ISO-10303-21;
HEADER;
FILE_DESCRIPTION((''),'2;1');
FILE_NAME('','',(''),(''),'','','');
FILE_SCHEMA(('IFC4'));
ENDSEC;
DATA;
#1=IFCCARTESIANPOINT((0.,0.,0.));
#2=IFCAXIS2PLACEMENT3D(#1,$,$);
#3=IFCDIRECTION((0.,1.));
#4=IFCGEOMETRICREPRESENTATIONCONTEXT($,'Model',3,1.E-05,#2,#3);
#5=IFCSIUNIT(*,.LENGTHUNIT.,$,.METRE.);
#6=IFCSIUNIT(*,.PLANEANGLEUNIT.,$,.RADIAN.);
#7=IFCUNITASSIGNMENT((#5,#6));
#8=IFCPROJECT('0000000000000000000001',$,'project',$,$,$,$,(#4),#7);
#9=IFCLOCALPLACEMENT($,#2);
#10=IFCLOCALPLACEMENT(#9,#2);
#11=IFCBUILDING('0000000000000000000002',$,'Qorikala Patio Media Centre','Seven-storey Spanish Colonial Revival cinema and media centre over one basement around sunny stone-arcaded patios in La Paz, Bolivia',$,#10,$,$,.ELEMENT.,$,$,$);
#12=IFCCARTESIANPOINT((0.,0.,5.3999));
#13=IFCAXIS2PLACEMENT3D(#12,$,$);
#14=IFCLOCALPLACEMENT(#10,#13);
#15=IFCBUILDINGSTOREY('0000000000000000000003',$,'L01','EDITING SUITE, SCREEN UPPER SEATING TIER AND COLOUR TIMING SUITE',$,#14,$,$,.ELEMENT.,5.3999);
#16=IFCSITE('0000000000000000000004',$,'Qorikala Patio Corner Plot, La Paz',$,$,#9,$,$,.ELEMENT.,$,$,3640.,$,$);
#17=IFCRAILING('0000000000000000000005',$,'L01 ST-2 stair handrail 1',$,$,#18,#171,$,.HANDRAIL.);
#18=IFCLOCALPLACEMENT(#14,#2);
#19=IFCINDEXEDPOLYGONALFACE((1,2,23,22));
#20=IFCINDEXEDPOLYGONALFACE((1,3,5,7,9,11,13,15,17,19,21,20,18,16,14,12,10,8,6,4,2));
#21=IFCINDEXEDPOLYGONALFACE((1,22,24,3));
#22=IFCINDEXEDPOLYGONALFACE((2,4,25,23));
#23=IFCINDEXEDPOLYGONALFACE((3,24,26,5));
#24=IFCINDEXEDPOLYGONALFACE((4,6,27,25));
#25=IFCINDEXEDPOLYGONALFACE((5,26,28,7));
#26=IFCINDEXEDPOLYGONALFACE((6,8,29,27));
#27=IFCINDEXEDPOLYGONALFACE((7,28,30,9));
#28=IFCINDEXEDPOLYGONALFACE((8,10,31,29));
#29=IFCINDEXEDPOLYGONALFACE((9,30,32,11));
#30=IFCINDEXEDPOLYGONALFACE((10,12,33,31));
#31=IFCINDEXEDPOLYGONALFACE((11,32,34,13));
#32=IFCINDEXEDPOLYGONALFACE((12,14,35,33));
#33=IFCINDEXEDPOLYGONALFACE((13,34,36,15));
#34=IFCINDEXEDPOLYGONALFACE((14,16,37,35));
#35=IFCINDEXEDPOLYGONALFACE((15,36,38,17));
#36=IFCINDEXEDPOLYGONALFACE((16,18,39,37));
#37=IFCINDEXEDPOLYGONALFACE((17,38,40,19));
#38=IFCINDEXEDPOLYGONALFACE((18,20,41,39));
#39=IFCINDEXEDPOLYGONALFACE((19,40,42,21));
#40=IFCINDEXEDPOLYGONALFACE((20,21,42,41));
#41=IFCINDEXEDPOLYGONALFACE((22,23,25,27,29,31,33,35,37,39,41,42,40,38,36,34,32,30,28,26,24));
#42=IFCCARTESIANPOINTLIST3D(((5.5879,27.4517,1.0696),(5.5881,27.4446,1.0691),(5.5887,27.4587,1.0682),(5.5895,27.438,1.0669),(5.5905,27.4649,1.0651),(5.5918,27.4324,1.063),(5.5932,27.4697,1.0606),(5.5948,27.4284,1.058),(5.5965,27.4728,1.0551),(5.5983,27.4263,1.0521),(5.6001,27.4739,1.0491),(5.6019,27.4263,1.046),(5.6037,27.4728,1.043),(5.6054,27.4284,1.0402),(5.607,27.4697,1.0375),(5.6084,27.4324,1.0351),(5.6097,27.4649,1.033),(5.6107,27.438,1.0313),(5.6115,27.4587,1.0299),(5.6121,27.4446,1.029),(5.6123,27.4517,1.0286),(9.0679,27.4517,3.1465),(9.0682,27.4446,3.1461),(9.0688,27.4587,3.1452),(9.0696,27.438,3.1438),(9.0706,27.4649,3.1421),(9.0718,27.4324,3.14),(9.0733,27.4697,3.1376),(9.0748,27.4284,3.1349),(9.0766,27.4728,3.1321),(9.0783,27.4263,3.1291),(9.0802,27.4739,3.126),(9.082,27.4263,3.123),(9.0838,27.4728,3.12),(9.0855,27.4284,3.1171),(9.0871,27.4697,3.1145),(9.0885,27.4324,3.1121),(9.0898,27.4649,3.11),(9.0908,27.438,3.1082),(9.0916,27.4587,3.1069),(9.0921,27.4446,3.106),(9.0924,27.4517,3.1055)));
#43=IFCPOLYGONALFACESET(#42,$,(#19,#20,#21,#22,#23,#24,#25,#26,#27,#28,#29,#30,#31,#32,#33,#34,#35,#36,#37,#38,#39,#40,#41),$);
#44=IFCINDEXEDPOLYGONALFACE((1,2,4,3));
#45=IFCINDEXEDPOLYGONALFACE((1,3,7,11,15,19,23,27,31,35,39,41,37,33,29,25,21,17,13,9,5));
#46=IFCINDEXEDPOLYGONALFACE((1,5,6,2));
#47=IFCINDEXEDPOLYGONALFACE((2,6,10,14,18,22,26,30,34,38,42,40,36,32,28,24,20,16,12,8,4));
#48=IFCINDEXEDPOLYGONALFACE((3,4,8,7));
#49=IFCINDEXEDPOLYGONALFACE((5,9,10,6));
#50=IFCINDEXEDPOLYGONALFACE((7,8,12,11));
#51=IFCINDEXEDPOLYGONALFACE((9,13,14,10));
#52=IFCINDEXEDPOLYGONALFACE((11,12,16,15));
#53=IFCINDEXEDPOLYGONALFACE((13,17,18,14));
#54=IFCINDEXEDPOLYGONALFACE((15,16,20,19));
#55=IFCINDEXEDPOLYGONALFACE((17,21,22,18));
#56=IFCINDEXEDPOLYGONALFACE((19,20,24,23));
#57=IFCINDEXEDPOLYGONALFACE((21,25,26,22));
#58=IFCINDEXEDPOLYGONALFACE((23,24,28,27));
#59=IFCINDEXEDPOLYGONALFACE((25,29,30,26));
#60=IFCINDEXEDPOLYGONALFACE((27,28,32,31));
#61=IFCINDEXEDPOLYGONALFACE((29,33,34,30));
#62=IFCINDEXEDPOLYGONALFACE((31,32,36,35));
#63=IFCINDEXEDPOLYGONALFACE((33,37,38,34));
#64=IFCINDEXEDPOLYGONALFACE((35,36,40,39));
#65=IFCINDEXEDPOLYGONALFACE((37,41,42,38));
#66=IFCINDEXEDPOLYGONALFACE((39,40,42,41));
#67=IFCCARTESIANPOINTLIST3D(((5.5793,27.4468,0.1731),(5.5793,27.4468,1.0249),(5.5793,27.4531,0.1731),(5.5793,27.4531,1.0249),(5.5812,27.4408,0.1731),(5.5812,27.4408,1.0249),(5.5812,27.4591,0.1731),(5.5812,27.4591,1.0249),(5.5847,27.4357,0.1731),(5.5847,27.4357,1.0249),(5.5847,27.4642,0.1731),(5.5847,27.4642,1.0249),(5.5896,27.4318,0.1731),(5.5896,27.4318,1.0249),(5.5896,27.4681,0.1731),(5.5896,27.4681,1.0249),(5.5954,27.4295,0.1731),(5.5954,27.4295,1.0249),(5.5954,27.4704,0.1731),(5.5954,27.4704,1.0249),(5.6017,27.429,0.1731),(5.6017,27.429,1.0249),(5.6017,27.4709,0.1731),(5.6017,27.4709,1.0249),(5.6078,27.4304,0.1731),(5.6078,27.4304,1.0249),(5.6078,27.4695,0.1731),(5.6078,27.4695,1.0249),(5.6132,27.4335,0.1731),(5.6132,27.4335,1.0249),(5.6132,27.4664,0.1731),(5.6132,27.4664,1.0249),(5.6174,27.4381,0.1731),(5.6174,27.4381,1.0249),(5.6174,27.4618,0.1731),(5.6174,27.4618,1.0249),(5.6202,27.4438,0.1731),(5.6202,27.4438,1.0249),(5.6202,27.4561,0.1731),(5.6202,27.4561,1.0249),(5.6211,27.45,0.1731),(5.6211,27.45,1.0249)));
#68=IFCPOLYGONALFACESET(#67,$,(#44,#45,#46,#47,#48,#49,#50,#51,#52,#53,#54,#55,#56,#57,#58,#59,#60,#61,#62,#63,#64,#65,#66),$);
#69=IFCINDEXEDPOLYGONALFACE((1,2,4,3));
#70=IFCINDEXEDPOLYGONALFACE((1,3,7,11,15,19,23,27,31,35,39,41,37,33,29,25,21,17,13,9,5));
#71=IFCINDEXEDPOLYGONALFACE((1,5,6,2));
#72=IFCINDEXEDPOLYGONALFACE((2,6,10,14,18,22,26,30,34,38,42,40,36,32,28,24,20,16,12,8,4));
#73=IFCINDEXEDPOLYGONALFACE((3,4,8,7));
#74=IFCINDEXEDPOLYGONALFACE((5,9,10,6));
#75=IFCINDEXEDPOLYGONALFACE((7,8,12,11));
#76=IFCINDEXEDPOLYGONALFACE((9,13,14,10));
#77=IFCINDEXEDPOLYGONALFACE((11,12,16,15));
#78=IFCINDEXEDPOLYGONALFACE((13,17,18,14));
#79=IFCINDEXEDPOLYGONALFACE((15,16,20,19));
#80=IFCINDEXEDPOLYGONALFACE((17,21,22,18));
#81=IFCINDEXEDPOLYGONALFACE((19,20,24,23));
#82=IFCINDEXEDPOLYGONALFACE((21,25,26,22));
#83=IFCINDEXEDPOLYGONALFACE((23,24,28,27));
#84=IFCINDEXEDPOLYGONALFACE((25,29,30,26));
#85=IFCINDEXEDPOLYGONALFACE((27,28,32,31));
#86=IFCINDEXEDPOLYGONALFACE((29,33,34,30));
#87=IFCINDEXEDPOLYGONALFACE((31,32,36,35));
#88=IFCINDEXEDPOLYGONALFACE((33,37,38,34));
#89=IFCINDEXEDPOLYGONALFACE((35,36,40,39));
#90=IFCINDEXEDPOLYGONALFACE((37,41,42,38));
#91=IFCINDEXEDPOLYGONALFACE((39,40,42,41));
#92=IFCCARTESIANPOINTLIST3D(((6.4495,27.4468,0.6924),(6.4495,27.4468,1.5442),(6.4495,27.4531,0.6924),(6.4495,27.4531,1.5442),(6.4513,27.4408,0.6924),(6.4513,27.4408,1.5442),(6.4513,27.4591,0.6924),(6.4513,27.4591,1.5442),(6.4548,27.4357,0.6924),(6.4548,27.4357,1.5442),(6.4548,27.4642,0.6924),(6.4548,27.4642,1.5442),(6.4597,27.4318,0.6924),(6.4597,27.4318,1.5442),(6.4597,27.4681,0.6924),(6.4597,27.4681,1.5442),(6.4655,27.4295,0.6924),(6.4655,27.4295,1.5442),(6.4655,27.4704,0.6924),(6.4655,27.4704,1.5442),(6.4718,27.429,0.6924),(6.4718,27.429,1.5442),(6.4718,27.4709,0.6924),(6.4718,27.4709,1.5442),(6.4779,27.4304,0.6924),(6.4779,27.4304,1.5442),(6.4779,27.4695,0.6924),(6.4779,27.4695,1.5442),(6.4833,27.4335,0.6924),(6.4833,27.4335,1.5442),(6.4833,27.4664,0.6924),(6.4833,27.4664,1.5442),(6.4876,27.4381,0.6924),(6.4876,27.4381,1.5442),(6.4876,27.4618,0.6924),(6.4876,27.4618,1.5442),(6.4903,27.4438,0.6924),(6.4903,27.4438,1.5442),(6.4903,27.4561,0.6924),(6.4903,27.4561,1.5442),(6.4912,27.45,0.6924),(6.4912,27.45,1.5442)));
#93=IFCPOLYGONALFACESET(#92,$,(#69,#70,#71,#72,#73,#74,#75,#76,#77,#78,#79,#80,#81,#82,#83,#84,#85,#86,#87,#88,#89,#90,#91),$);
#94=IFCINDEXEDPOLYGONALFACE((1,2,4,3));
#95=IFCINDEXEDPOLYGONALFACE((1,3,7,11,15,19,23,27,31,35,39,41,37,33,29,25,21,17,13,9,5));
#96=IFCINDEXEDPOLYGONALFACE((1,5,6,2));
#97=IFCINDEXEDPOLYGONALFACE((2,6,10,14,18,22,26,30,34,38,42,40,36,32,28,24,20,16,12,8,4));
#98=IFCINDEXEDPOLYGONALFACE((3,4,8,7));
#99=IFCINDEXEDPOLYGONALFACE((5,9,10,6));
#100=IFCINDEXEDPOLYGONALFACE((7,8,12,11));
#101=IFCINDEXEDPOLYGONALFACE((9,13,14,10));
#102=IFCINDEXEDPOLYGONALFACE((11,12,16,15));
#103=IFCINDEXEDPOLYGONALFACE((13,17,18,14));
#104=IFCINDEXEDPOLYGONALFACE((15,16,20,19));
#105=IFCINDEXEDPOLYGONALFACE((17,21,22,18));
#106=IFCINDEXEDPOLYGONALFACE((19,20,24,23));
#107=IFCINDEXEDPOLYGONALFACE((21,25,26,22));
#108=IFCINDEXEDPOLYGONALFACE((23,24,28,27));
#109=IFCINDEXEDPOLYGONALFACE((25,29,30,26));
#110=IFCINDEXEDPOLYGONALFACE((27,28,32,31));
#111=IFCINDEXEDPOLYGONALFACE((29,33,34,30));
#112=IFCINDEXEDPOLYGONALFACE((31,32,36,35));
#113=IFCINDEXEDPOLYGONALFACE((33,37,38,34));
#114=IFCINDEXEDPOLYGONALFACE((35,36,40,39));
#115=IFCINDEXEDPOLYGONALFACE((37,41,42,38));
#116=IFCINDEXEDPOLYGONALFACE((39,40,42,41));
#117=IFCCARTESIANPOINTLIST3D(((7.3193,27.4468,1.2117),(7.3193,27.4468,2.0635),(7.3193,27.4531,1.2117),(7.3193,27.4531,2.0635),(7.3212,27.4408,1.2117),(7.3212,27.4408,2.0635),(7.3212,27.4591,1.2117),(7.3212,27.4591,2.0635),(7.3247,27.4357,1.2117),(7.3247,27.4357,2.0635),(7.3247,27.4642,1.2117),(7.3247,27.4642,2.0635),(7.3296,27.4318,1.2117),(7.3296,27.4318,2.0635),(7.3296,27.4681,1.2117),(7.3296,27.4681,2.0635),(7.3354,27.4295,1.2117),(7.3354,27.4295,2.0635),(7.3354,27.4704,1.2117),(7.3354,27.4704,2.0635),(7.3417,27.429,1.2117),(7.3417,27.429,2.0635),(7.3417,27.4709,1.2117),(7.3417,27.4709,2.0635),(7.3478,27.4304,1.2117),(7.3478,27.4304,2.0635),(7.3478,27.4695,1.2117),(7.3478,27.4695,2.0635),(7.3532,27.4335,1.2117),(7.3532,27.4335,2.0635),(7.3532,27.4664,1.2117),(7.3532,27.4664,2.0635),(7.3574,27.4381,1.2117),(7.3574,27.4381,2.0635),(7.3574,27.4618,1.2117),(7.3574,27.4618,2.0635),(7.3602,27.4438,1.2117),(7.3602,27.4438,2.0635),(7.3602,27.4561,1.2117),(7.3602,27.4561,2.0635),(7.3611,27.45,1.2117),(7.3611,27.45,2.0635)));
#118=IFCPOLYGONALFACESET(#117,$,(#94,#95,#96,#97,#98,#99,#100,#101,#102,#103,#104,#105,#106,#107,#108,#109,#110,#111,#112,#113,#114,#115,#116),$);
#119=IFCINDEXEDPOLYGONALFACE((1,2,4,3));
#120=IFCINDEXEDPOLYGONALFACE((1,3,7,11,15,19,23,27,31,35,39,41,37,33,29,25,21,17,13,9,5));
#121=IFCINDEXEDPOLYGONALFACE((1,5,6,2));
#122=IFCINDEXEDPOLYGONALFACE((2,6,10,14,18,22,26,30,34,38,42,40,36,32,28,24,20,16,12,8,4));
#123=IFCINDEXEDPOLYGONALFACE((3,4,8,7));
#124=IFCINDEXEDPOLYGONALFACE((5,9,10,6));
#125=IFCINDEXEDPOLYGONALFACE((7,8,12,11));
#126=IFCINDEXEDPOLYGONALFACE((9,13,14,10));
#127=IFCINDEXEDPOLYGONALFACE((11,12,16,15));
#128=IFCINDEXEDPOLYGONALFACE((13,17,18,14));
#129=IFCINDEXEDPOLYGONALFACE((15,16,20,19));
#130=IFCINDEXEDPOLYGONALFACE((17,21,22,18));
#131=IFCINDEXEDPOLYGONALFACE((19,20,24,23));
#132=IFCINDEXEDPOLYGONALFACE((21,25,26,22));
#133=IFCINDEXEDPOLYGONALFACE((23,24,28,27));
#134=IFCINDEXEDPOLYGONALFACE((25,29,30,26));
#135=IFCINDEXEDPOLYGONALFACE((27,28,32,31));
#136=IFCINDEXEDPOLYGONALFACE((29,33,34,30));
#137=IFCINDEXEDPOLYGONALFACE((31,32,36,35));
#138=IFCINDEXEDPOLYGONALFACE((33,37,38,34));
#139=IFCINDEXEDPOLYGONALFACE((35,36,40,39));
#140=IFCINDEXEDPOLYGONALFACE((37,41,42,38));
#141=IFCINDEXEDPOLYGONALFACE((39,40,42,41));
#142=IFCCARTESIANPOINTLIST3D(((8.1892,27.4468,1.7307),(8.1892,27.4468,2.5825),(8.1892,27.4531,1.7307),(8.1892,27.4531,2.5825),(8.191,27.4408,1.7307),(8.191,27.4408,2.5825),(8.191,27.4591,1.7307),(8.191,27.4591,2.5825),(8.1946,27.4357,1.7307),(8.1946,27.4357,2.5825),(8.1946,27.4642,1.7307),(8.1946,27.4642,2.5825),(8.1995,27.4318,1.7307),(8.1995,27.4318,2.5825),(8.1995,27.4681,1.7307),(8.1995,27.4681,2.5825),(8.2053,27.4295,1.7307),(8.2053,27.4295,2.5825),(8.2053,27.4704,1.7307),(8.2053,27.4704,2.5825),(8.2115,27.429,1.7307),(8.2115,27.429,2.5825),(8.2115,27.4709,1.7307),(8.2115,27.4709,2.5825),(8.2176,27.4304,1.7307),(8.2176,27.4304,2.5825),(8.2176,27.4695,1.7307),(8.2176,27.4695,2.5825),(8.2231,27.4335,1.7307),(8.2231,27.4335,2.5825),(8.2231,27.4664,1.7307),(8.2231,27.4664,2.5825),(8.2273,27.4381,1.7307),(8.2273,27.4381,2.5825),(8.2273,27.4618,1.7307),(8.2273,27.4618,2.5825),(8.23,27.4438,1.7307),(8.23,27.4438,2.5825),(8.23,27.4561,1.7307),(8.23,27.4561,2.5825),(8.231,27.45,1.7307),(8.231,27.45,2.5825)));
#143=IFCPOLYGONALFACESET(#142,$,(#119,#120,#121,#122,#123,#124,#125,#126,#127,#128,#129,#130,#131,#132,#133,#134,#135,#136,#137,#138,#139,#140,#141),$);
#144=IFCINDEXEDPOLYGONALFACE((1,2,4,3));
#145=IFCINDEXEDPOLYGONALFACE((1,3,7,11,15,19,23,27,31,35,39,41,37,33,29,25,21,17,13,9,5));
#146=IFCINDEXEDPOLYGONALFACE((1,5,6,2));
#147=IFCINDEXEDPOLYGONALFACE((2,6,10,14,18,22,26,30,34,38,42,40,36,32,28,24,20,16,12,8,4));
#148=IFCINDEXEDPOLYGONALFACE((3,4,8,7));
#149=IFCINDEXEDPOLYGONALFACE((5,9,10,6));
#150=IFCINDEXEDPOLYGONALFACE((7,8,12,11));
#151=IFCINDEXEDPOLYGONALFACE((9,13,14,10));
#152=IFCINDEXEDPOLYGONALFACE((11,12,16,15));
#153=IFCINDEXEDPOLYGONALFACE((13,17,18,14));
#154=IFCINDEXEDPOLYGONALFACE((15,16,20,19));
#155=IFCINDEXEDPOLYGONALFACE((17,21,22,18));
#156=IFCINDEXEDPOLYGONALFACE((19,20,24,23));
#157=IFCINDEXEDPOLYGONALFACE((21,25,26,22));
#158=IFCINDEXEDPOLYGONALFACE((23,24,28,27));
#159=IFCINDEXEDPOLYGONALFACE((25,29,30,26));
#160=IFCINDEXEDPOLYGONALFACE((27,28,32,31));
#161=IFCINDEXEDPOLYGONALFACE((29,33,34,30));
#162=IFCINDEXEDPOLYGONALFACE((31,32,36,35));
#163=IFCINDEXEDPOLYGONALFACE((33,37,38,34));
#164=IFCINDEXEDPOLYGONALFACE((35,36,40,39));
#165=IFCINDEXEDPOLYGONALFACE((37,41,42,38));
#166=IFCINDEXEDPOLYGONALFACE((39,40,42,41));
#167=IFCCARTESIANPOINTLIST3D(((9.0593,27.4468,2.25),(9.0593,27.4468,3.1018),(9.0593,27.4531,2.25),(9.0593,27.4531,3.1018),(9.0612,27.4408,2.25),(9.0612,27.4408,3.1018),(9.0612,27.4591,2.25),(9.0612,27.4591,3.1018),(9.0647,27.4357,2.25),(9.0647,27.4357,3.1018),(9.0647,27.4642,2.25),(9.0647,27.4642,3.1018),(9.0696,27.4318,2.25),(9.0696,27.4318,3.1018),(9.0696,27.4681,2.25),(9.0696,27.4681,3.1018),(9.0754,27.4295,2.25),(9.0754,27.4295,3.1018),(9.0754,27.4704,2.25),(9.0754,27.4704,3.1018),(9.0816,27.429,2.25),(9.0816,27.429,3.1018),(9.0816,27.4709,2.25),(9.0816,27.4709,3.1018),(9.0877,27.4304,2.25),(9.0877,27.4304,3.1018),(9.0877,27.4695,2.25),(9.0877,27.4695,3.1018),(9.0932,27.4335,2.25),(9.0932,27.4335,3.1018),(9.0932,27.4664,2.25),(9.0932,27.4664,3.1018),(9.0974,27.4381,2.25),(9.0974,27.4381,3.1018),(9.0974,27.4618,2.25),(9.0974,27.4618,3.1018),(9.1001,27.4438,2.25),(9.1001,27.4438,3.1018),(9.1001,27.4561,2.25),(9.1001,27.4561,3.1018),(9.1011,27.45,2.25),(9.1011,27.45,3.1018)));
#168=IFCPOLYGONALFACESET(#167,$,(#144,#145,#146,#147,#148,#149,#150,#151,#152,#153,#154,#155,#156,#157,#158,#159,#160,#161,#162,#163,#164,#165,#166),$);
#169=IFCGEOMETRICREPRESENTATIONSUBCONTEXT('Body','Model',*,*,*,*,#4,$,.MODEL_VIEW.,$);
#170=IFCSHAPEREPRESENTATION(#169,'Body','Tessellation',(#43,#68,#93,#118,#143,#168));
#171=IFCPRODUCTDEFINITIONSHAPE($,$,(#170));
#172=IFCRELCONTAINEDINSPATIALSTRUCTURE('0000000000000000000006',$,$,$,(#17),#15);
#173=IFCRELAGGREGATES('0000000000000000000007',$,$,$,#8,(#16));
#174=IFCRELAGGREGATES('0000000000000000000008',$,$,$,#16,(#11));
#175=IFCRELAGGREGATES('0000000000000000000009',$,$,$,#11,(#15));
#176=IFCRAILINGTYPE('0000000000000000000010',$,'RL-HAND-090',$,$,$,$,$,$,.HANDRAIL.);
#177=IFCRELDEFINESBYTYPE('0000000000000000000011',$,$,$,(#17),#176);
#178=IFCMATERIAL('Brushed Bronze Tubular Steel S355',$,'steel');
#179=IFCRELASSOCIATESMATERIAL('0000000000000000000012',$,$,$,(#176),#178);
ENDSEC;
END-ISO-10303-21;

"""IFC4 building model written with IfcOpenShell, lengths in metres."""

from ifc_helpers import new_model, si_unit, direction, frame, origin, origin_2d, place, context, subcontext, project, spatial, circle, extrude, material, type_object, element, save


model = new_model("IFC4")

# Units and contexts
model_context = context("Model", 3, precision=1e-05, world=origin(), true_north=direction((0.0, 1.0)))
body_context = subcontext(model_context, "Body", "Model", "MODEL_VIEW")
ifc_project = project(units=[si_unit("LENGTHUNIT", "METRE"), si_unit("PLANEANGLEUNIT", "RADIAN")], contexts=[model_context])

# Site, building, storey
site_placement = place(None, origin())
site = spatial("IfcSite", under=ifc_project, at=site_placement, Name="Qorikala Patio Corner Plot, La Paz", CompositionType="ELEMENT", RefElevation=3640.0)
building_placement = place(site_placement, origin())
building = spatial("IfcBuilding", under=site, at=building_placement, Name="Qorikala Patio Media Centre", Description="Seven-storey Spanish Colonial Revival cinema and media centre over one basement around sunny stone-arcaded patios in La Paz, Bolivia", CompositionType="ELEMENT")
storey_placement = place(building_placement, frame((0.0, 0.0, 5.3999)))
storey = spatial("IfcBuildingStorey", under=building, at=storey_placement, Name="L01", Description="EDITING SUITE, SCREEN UPPER SEATING TIER AND COLOUR TIMING SUITE", CompositionType="ELEMENT", Elevation=5.3999)

# Railing
ifc_material_1 = material(Name="Brushed Bronze Tubular Steel S355", Category="steel")
railing_type_1 = type_object("IfcRailingType", Name="RL-HAND-090", PredefinedType="HANDRAIL", material=ifc_material_1)
railing_1_placement = place(storey_placement, frame((5.6001, 27.45, 0.1731)))
element("IfcRailing", 1, at=railing_1_placement, inside=storey, type_object=railing_type_1, Name="L01 ST-2 stair handrail 1", PredefinedType="HANDRAIL", context=body_context, shape_type="SweptSolid", body=[
    extrude(circle(Radius=0.0239, at=origin_2d()), frame((0.0, 0.0, 0.876), z_axis=(0.858697, 0.0, 0.512483), x_axis=(0.0, 1.0, 0.0)), (0.0, 0.0, 1.0), 4.0527),
    extrude(circle(Radius=0.021, at=origin_2d()), origin(), (0.0, 0.0, 1.0), 0.8518),
    extrude(circle(Radius=0.021, at=origin_2d()), frame((0.8701, 0.0, 0.5193)), (0.0, 0.0, 1.0), 0.8518),
    extrude(circle(Radius=0.021, at=origin_2d()), frame((1.74, 0.0, 1.0386)), (0.0, 0.0, 1.0), 0.8518),
    extrude(circle(Radius=0.021, at=origin_2d()), frame((2.6099, 0.0, 1.5576)), (0.0, 0.0, 1.0), 0.8518),
    extrude(circle(Radius=0.021, at=origin_2d()), frame((3.48, 0.0, 2.0769)), (0.0, 0.0, 1.0), 0.8518),
])

save(model, "model.ifc")
